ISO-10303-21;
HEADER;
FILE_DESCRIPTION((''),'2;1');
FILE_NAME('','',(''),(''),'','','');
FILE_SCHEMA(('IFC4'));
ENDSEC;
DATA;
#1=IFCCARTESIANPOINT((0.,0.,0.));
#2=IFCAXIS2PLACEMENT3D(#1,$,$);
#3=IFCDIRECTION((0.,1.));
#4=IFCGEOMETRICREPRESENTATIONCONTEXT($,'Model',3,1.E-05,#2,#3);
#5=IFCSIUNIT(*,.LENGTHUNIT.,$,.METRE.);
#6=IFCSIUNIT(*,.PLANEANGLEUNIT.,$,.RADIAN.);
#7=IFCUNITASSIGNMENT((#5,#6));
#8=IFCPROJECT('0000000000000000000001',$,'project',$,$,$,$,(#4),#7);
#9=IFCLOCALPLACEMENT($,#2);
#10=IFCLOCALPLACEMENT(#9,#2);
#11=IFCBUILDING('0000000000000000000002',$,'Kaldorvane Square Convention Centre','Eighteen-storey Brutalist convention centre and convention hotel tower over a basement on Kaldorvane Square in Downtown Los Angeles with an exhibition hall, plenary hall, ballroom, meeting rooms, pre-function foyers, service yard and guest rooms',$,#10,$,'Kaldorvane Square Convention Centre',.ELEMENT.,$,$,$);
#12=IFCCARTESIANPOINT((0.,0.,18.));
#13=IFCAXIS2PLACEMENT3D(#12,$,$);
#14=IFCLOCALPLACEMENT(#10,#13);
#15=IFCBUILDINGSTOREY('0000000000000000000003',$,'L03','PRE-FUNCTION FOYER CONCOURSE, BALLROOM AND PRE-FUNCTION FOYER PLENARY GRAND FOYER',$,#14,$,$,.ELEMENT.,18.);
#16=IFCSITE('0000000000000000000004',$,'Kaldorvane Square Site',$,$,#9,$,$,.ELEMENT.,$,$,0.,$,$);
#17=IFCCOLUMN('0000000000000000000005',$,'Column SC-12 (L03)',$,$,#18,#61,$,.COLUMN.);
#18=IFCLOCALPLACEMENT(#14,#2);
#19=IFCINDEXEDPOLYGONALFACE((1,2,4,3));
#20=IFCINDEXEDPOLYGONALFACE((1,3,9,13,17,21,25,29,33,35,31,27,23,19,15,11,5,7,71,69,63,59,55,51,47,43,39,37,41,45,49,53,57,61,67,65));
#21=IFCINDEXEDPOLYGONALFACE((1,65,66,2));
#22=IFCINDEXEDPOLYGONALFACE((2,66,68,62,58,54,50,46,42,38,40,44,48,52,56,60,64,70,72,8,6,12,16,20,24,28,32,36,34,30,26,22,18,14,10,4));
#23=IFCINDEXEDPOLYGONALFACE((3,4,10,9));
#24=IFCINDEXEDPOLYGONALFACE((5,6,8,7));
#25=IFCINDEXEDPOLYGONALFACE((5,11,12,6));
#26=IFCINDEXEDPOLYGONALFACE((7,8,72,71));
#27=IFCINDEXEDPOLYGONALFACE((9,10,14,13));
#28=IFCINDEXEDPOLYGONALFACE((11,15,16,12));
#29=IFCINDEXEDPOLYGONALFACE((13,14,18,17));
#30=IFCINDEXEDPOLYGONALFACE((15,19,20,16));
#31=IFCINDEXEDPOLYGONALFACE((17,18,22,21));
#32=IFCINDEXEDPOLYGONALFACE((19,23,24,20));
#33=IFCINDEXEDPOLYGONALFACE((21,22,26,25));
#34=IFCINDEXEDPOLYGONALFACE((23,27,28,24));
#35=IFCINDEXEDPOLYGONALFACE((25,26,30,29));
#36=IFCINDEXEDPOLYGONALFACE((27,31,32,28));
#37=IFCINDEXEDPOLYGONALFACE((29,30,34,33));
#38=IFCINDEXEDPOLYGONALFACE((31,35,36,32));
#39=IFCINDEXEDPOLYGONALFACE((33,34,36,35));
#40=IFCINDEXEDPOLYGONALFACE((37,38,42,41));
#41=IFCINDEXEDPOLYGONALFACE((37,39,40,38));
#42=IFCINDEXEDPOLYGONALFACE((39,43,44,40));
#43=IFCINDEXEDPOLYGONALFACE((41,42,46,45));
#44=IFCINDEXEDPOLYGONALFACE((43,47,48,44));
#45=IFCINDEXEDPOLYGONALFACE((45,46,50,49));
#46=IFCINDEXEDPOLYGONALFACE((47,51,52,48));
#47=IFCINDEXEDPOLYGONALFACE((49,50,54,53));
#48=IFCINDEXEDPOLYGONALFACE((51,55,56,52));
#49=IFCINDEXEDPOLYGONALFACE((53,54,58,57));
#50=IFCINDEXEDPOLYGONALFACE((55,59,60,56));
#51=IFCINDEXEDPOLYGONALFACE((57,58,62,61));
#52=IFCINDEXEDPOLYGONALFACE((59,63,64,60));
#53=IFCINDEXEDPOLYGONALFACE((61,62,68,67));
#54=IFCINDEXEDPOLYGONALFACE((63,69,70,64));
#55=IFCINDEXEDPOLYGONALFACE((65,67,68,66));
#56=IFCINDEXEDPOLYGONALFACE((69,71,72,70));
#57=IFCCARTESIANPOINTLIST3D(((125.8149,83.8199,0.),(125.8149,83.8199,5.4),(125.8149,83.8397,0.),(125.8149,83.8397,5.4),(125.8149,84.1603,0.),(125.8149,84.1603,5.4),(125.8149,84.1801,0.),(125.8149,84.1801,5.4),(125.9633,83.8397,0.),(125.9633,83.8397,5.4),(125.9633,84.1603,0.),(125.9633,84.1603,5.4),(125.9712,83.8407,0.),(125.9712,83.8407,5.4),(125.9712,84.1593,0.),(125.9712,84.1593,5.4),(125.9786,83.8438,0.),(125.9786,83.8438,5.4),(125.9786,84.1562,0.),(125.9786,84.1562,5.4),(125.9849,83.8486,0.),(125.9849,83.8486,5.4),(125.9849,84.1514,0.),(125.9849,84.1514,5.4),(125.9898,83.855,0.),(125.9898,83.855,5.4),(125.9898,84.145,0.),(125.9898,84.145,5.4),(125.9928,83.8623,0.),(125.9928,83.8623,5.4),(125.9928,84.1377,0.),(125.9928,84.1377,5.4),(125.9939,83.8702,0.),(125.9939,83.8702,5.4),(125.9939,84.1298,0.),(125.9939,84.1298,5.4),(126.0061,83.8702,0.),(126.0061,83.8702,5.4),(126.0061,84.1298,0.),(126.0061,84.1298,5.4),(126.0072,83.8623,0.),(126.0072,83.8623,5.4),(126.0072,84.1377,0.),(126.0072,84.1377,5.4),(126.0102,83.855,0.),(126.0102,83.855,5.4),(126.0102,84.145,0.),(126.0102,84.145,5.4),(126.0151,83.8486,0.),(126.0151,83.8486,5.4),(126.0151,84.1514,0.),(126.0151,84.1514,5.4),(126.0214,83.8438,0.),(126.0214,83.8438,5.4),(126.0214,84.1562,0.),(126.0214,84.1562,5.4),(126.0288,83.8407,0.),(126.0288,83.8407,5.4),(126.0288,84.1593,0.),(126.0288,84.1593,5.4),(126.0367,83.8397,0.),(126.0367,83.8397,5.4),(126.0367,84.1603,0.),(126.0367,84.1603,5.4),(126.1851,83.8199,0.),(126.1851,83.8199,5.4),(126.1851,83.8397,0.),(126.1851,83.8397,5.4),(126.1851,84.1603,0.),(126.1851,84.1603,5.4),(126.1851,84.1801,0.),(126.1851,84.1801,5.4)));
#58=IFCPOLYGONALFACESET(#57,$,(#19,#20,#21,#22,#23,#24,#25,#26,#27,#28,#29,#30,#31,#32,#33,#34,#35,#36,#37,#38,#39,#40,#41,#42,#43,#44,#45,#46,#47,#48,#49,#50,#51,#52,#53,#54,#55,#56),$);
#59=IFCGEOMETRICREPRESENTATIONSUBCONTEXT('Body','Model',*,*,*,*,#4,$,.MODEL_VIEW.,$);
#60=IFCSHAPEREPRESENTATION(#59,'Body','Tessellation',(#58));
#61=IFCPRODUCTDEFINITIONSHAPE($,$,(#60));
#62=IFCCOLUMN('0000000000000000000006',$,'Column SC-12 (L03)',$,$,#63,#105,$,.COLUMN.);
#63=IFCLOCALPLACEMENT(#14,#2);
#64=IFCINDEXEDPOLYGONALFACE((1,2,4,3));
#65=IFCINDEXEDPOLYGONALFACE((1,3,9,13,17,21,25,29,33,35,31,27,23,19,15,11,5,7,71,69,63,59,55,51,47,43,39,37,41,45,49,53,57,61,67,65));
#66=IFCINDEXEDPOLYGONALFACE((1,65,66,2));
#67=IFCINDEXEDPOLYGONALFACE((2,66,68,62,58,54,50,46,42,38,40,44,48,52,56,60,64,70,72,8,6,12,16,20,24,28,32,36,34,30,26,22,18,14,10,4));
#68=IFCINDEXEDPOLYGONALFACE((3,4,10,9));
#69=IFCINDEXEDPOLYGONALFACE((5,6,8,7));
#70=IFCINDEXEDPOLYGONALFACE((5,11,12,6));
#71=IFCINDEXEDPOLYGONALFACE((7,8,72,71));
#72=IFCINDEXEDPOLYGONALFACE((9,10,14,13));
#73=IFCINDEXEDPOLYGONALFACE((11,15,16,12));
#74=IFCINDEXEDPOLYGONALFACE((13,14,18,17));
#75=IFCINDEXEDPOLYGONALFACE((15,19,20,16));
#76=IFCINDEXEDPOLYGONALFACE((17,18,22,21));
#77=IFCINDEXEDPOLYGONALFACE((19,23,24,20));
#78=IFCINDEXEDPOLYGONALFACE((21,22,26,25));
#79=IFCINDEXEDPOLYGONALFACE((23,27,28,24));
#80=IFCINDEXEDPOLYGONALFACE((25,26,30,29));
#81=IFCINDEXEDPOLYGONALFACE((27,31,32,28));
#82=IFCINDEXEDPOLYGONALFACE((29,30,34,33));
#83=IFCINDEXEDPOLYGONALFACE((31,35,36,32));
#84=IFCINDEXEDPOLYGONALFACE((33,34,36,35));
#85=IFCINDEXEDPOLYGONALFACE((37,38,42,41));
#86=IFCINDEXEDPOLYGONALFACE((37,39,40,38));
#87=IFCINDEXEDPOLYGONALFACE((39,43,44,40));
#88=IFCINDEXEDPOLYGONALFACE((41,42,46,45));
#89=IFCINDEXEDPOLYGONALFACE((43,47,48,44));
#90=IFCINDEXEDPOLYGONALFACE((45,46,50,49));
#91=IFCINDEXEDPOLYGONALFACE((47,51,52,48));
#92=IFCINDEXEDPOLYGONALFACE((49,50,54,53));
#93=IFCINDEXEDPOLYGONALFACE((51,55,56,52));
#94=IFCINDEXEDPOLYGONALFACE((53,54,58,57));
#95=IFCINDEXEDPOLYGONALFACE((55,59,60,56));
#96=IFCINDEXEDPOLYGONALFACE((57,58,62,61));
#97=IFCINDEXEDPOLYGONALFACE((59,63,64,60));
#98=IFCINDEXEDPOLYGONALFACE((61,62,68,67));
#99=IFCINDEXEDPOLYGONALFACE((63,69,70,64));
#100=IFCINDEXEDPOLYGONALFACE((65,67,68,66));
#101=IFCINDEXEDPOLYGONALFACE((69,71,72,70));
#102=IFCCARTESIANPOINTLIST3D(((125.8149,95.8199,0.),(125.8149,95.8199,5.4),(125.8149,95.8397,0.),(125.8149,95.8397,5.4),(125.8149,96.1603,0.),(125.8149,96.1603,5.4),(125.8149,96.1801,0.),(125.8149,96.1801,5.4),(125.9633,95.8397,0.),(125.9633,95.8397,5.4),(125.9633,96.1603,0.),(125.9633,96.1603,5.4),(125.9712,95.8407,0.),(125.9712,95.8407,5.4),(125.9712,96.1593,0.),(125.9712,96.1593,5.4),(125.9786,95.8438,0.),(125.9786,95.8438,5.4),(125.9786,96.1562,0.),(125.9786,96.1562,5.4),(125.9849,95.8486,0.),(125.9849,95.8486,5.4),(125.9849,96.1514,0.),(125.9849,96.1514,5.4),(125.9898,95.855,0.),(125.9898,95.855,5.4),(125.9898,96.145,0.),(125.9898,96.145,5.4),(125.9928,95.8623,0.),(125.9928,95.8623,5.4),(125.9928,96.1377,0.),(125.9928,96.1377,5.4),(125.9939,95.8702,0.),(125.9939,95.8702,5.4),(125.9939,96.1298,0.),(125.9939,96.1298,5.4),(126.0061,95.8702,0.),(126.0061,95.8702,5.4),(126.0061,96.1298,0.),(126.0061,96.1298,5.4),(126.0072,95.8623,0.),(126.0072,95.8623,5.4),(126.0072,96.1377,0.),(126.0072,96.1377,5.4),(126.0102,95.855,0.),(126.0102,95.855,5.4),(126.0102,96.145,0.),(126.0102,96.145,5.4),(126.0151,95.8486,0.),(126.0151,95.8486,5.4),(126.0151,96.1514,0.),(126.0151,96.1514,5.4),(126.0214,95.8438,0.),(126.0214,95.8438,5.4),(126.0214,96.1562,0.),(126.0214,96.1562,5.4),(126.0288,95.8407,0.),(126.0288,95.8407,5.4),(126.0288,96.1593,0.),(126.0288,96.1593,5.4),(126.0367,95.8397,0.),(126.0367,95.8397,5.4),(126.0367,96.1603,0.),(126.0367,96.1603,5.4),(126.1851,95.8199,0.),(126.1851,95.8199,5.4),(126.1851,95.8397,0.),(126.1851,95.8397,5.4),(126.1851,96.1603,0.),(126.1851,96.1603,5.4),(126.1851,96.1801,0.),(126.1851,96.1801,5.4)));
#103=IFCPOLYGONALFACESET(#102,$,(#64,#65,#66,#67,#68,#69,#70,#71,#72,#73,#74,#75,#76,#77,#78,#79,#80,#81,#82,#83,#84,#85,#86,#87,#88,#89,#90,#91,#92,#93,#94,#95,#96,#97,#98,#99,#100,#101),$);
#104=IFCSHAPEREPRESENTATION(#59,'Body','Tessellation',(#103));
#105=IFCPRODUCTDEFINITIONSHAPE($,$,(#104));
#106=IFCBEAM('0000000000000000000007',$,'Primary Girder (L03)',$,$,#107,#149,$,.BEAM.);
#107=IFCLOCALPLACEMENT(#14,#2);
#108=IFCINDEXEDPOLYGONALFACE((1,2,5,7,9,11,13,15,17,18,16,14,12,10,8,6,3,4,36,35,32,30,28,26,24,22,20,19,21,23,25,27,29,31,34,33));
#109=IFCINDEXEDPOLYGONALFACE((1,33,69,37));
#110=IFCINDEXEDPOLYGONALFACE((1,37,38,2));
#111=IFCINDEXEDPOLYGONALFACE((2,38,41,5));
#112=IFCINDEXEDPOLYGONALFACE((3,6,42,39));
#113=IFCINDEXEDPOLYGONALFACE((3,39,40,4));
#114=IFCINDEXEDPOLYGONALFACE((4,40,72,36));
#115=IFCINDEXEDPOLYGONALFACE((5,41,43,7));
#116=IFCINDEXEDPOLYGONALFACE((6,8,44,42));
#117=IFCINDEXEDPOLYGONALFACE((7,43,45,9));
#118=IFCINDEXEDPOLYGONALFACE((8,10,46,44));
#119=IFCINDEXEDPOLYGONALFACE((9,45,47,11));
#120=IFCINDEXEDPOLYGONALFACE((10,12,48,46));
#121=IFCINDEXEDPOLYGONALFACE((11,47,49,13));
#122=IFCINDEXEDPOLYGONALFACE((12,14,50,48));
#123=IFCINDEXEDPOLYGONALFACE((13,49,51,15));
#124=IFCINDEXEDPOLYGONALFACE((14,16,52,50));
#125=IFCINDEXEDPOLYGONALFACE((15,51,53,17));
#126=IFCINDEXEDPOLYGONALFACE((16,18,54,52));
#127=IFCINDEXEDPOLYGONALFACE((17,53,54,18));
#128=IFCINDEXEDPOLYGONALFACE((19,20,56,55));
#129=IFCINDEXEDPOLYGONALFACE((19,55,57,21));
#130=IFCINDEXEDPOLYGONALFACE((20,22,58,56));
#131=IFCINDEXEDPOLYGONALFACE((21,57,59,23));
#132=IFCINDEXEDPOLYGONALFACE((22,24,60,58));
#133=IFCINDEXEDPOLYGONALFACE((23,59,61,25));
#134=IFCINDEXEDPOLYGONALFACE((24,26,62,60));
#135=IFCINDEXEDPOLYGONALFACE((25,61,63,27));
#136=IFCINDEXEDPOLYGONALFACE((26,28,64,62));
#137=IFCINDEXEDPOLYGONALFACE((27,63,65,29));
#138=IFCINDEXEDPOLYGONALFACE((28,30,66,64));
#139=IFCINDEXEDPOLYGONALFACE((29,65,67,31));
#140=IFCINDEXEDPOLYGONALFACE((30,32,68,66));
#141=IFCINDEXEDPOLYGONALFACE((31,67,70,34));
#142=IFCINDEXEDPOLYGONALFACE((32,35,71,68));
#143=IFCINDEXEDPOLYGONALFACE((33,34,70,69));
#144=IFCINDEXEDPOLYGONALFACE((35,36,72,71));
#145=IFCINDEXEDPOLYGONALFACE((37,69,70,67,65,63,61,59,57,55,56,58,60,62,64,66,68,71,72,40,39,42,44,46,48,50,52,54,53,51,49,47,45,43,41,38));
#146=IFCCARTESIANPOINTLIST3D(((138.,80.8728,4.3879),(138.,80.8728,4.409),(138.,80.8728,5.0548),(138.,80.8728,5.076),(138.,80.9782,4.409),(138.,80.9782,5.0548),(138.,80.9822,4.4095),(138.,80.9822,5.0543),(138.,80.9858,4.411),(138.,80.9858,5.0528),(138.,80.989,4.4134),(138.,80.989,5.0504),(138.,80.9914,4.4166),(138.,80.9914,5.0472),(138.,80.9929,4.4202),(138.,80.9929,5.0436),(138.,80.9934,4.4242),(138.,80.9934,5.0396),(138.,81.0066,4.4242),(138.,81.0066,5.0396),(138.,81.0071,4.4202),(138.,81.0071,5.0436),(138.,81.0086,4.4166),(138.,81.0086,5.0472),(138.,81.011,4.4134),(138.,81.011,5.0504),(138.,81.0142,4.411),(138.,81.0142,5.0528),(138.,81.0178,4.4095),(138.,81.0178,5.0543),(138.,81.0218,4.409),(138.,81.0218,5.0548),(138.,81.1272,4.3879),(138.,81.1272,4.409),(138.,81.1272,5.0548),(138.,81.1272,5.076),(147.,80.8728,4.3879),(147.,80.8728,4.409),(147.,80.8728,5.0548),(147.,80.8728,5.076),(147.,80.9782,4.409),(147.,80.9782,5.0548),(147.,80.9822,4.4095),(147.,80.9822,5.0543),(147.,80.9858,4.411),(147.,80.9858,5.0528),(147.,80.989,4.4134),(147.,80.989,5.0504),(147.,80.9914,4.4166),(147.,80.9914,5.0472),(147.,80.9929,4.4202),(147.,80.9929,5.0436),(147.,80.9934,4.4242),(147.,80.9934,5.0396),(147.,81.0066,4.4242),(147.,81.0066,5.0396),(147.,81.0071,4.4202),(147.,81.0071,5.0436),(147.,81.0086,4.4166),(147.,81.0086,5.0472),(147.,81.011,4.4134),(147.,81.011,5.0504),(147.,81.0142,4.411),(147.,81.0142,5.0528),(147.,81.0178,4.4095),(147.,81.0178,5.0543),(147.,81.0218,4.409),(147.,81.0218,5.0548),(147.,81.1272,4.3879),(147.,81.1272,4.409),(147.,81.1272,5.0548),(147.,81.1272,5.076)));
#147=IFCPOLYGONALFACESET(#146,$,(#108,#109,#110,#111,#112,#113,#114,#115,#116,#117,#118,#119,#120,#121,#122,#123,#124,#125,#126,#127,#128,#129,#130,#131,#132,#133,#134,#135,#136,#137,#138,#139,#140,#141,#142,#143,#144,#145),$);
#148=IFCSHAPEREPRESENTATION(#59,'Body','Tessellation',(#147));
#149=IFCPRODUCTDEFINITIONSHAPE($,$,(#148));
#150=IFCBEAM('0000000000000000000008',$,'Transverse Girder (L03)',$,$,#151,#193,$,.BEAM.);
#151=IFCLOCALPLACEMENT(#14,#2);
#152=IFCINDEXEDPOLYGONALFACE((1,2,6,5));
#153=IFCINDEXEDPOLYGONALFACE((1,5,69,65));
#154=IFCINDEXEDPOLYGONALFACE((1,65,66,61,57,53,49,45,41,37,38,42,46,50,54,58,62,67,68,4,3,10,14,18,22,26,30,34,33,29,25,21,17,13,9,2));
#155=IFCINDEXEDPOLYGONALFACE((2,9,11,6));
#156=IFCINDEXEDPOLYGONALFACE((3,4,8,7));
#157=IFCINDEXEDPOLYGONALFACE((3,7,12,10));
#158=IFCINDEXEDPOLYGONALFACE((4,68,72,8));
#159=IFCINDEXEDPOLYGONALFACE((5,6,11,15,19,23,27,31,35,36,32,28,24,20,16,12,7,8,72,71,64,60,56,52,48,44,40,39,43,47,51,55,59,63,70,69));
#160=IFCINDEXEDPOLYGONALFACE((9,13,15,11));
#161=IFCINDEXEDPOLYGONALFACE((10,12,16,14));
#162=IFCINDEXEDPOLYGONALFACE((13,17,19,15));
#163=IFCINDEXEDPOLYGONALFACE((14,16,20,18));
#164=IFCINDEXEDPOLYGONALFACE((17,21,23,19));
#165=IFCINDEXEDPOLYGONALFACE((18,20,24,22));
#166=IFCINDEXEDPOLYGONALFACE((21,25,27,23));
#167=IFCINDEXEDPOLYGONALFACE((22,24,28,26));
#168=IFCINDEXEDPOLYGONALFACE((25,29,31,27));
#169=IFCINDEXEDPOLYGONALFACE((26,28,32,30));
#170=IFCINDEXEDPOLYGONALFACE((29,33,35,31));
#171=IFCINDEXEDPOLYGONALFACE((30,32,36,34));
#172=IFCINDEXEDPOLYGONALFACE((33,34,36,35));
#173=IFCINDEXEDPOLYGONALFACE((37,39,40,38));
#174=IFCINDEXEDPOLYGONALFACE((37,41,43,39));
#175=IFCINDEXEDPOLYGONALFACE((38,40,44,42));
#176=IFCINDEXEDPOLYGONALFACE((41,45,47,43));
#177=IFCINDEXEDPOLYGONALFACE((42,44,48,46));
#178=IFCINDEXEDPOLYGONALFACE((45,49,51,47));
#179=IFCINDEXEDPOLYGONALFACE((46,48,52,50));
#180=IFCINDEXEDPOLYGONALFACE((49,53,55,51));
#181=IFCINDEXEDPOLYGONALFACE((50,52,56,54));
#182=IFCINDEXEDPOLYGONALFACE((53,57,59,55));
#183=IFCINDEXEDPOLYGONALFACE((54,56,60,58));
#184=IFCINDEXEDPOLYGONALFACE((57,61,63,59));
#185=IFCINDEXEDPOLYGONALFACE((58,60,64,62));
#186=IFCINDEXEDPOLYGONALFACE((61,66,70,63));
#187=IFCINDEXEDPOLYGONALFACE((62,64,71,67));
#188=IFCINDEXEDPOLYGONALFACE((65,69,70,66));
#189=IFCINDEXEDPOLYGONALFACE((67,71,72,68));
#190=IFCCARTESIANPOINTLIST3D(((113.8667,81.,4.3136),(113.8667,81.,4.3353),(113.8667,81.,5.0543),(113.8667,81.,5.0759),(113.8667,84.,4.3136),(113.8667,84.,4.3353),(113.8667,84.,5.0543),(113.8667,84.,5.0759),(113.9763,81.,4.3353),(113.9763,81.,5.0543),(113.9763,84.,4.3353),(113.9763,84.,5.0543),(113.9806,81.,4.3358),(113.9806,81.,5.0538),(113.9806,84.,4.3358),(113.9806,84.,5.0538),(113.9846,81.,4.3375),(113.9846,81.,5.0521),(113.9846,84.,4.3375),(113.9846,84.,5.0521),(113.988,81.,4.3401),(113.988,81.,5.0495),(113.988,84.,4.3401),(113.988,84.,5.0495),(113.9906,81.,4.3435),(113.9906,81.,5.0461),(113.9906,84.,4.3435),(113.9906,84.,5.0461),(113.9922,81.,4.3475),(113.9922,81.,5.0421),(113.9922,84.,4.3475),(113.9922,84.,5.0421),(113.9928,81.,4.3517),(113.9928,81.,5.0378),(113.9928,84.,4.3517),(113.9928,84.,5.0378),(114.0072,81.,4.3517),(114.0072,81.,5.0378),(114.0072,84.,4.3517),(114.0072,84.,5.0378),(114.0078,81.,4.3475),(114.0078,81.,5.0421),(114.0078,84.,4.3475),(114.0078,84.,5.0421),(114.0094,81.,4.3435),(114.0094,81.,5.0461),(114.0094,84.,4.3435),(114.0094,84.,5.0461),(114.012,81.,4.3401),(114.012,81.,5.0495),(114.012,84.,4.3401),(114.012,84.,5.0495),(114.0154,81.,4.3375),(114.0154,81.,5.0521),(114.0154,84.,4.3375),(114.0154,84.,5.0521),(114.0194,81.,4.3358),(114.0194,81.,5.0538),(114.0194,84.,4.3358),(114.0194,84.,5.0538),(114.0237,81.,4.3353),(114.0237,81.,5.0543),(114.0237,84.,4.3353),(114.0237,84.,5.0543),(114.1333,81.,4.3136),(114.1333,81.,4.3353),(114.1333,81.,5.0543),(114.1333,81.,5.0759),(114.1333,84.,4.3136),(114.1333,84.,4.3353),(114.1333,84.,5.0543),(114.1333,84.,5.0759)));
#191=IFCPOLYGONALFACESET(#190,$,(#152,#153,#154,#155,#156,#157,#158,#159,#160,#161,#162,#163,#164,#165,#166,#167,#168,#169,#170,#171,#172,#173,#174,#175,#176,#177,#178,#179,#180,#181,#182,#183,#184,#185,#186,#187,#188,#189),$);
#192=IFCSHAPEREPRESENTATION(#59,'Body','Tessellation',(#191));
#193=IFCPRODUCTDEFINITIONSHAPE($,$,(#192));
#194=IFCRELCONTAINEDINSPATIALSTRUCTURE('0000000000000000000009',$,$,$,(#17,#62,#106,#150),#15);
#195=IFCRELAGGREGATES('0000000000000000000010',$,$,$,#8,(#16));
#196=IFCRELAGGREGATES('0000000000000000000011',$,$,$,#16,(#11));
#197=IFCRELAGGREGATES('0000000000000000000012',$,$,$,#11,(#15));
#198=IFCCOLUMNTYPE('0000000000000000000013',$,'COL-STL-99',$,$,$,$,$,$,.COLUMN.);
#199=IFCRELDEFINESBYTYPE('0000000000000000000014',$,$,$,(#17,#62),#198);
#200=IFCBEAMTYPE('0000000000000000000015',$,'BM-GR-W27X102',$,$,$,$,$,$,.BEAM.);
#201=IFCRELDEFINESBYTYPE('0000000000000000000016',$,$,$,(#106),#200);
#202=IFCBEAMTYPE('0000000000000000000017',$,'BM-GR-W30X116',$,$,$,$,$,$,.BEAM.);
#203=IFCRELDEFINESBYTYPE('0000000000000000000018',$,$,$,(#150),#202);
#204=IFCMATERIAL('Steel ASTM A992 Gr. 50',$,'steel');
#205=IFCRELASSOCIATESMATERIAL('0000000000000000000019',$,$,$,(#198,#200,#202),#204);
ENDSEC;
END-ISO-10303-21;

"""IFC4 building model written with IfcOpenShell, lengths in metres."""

from ifc_helpers import new_model, si_unit, direction, frame, origin, origin_2d, place, context, subcontext, project, spatial, i_section, extrude, material, material_profile, profile_set, type_object, element, save


model = new_model("IFC4")

# Units and contexts
model_context = context("Model", 3, precision=1e-05, world=origin(), true_north=direction((0.0, 1.0)))
body_context = subcontext(model_context, "Body", "Model", "MODEL_VIEW")
ifc_project = project(units=[si_unit("LENGTHUNIT", "METRE"), si_unit("PLANEANGLEUNIT", "RADIAN")], contexts=[model_context])

# Site, building, storey
site_placement = place(None, origin())
site = spatial("IfcSite", under=ifc_project, at=site_placement, Name="Kaldorvane Square Site", CompositionType="ELEMENT", RefElevation=0.0)
building_placement = place(site_placement, origin())
building = spatial("IfcBuilding", under=site, at=building_placement, Name="Kaldorvane Square Convention Centre", Description="Eighteen-storey Brutalist convention centre and convention hotel tower over a basement on Kaldorvane Square in Downtown Los Angeles with an exhibition hall, plenary hall, ballroom, meeting rooms, pre-function foyers, service yard and guest rooms", LongName="Kaldorvane Square Convention Centre", CompositionType="ELEMENT")
storey_placement = place(building_placement, frame((0.0, 0.0, 18.0)))
storey = spatial("IfcBuildingStorey", under=building, at=storey_placement, Name="L03", Description="PRE-FUNCTION FOYER CONCOURSE, BALLROOM AND PRE-FUNCTION FOYER PLENARY GRAND FOYER", CompositionType="ELEMENT", Elevation=18.0)

# Columns
ifc_material_1 = material(Name="Steel ASTM A992 Gr. 50", Category="steel")
ifc_material_profile_1 = material_profile(ifc_material_1, i_section(OverallWidth=0.3701, OverallDepth=0.3602, WebThickness=0.0123, FlangeThickness=0.0198, FilletRadius=0.0305, at=origin_2d()), Name="W14X99")
ifc_profile_set_1 = profile_set([ifc_material_profile_1], Name="Steel ASTM A992 Gr. 50")
column_type_1 = type_object("IfcColumnType", Name="COL-STL-99", PredefinedType="COLUMN", material=ifc_profile_set_1)
for number, where, z_axis, x_axis, name in (
    (1, (126.0, 84.0, 0.0), (0.0, 0.0, 1.0), (1.0, 0.0, 0.0), "Column SC-12 (L03)"),
    (2, (126.0, 96.0, 0.0), (0.0, 0.0, 1.0), (1.0, 0.0, 0.0), "Column SC-12 (L03)"),
):
    element("IfcColumn", number, at=place(storey_placement, frame(where, z_axis=z_axis, x_axis=x_axis)), inside=storey, type_object=column_type_1, Name=name, PredefinedType="COLUMN", context=body_context, shape_type="SweptSolid", body=[
        extrude(i_section(OverallWidth=0.3701, OverallDepth=0.3602, WebThickness=0.0123, FlangeThickness=0.0198, FilletRadius=0.0305, at=origin_2d()), origin(), (0.0, 0.0, 1.0), 5.4),
    ])

# Beams
ifc_material_profile_2 = material_profile(ifc_material_1, i_section(OverallWidth=0.2544, OverallDepth=0.6881, WebThickness=0.0131, FlangeThickness=0.0211, FilletRadius=0.0152, at=origin_2d()), Name="W27X102")
ifc_profile_set_2 = profile_set([ifc_material_profile_2], Name="Steel ASTM A992 Gr. 50")
beam_type_1 = type_object("IfcBeamType", Name="BM-GR-W27X102", PredefinedType="BEAM", material=ifc_profile_set_2)
beam_1_placement = place(storey_placement, frame((138.0, 81.0, 4.7319), z_axis=(1.0, 0.0, 0.0), x_axis=(0.0, 1.0, 0.0)))
element("IfcBeam", 3, at=beam_1_placement, inside=storey, type_object=beam_type_1, Name="Primary Girder (L03)", PredefinedType="BEAM", context=body_context, shape_type="SweptSolid", body=[
    extrude(i_section(OverallWidth=0.2544, OverallDepth=0.6881, WebThickness=0.0131, FlangeThickness=0.0211, FilletRadius=0.0152, at=origin_2d()), origin(), (0.0, 0.0, 1.0), 9.0),
])
ifc_material_profile_3 = material_profile(ifc_material_1, i_section(OverallWidth=0.2666, OverallDepth=0.7623, WebThickness=0.0144, FlangeThickness=0.0216, FilletRadius=0.0165, at=origin_2d()), Name="W30X116")
ifc_profile_set_3 = profile_set([ifc_material_profile_3], Name="Steel ASTM A992 Gr. 50")
beam_type_2 = type_object("IfcBeamType", Name="BM-GR-W30X116", PredefinedType="BEAM", material=ifc_profile_set_3)
beam_2_placement = place(storey_placement, frame((114.0, 81.0, 4.6948), z_axis=(0.0, 1.0, 0.0), x_axis=(-1.0, 0.0, 0.0)))
element("IfcBeam", 4, at=beam_2_placement, inside=storey, type_object=beam_type_2, Name="Transverse Girder (L03)", PredefinedType="BEAM", context=body_context, shape_type="SweptSolid", body=[
    extrude(i_section(OverallWidth=0.2666, OverallDepth=0.7623, WebThickness=0.0144, FlangeThickness=0.0216, FilletRadius=0.0165, at=origin_2d()), origin(), (0.0, 0.0, 1.0), 3.0),
])

save(model, "model.ifc")
